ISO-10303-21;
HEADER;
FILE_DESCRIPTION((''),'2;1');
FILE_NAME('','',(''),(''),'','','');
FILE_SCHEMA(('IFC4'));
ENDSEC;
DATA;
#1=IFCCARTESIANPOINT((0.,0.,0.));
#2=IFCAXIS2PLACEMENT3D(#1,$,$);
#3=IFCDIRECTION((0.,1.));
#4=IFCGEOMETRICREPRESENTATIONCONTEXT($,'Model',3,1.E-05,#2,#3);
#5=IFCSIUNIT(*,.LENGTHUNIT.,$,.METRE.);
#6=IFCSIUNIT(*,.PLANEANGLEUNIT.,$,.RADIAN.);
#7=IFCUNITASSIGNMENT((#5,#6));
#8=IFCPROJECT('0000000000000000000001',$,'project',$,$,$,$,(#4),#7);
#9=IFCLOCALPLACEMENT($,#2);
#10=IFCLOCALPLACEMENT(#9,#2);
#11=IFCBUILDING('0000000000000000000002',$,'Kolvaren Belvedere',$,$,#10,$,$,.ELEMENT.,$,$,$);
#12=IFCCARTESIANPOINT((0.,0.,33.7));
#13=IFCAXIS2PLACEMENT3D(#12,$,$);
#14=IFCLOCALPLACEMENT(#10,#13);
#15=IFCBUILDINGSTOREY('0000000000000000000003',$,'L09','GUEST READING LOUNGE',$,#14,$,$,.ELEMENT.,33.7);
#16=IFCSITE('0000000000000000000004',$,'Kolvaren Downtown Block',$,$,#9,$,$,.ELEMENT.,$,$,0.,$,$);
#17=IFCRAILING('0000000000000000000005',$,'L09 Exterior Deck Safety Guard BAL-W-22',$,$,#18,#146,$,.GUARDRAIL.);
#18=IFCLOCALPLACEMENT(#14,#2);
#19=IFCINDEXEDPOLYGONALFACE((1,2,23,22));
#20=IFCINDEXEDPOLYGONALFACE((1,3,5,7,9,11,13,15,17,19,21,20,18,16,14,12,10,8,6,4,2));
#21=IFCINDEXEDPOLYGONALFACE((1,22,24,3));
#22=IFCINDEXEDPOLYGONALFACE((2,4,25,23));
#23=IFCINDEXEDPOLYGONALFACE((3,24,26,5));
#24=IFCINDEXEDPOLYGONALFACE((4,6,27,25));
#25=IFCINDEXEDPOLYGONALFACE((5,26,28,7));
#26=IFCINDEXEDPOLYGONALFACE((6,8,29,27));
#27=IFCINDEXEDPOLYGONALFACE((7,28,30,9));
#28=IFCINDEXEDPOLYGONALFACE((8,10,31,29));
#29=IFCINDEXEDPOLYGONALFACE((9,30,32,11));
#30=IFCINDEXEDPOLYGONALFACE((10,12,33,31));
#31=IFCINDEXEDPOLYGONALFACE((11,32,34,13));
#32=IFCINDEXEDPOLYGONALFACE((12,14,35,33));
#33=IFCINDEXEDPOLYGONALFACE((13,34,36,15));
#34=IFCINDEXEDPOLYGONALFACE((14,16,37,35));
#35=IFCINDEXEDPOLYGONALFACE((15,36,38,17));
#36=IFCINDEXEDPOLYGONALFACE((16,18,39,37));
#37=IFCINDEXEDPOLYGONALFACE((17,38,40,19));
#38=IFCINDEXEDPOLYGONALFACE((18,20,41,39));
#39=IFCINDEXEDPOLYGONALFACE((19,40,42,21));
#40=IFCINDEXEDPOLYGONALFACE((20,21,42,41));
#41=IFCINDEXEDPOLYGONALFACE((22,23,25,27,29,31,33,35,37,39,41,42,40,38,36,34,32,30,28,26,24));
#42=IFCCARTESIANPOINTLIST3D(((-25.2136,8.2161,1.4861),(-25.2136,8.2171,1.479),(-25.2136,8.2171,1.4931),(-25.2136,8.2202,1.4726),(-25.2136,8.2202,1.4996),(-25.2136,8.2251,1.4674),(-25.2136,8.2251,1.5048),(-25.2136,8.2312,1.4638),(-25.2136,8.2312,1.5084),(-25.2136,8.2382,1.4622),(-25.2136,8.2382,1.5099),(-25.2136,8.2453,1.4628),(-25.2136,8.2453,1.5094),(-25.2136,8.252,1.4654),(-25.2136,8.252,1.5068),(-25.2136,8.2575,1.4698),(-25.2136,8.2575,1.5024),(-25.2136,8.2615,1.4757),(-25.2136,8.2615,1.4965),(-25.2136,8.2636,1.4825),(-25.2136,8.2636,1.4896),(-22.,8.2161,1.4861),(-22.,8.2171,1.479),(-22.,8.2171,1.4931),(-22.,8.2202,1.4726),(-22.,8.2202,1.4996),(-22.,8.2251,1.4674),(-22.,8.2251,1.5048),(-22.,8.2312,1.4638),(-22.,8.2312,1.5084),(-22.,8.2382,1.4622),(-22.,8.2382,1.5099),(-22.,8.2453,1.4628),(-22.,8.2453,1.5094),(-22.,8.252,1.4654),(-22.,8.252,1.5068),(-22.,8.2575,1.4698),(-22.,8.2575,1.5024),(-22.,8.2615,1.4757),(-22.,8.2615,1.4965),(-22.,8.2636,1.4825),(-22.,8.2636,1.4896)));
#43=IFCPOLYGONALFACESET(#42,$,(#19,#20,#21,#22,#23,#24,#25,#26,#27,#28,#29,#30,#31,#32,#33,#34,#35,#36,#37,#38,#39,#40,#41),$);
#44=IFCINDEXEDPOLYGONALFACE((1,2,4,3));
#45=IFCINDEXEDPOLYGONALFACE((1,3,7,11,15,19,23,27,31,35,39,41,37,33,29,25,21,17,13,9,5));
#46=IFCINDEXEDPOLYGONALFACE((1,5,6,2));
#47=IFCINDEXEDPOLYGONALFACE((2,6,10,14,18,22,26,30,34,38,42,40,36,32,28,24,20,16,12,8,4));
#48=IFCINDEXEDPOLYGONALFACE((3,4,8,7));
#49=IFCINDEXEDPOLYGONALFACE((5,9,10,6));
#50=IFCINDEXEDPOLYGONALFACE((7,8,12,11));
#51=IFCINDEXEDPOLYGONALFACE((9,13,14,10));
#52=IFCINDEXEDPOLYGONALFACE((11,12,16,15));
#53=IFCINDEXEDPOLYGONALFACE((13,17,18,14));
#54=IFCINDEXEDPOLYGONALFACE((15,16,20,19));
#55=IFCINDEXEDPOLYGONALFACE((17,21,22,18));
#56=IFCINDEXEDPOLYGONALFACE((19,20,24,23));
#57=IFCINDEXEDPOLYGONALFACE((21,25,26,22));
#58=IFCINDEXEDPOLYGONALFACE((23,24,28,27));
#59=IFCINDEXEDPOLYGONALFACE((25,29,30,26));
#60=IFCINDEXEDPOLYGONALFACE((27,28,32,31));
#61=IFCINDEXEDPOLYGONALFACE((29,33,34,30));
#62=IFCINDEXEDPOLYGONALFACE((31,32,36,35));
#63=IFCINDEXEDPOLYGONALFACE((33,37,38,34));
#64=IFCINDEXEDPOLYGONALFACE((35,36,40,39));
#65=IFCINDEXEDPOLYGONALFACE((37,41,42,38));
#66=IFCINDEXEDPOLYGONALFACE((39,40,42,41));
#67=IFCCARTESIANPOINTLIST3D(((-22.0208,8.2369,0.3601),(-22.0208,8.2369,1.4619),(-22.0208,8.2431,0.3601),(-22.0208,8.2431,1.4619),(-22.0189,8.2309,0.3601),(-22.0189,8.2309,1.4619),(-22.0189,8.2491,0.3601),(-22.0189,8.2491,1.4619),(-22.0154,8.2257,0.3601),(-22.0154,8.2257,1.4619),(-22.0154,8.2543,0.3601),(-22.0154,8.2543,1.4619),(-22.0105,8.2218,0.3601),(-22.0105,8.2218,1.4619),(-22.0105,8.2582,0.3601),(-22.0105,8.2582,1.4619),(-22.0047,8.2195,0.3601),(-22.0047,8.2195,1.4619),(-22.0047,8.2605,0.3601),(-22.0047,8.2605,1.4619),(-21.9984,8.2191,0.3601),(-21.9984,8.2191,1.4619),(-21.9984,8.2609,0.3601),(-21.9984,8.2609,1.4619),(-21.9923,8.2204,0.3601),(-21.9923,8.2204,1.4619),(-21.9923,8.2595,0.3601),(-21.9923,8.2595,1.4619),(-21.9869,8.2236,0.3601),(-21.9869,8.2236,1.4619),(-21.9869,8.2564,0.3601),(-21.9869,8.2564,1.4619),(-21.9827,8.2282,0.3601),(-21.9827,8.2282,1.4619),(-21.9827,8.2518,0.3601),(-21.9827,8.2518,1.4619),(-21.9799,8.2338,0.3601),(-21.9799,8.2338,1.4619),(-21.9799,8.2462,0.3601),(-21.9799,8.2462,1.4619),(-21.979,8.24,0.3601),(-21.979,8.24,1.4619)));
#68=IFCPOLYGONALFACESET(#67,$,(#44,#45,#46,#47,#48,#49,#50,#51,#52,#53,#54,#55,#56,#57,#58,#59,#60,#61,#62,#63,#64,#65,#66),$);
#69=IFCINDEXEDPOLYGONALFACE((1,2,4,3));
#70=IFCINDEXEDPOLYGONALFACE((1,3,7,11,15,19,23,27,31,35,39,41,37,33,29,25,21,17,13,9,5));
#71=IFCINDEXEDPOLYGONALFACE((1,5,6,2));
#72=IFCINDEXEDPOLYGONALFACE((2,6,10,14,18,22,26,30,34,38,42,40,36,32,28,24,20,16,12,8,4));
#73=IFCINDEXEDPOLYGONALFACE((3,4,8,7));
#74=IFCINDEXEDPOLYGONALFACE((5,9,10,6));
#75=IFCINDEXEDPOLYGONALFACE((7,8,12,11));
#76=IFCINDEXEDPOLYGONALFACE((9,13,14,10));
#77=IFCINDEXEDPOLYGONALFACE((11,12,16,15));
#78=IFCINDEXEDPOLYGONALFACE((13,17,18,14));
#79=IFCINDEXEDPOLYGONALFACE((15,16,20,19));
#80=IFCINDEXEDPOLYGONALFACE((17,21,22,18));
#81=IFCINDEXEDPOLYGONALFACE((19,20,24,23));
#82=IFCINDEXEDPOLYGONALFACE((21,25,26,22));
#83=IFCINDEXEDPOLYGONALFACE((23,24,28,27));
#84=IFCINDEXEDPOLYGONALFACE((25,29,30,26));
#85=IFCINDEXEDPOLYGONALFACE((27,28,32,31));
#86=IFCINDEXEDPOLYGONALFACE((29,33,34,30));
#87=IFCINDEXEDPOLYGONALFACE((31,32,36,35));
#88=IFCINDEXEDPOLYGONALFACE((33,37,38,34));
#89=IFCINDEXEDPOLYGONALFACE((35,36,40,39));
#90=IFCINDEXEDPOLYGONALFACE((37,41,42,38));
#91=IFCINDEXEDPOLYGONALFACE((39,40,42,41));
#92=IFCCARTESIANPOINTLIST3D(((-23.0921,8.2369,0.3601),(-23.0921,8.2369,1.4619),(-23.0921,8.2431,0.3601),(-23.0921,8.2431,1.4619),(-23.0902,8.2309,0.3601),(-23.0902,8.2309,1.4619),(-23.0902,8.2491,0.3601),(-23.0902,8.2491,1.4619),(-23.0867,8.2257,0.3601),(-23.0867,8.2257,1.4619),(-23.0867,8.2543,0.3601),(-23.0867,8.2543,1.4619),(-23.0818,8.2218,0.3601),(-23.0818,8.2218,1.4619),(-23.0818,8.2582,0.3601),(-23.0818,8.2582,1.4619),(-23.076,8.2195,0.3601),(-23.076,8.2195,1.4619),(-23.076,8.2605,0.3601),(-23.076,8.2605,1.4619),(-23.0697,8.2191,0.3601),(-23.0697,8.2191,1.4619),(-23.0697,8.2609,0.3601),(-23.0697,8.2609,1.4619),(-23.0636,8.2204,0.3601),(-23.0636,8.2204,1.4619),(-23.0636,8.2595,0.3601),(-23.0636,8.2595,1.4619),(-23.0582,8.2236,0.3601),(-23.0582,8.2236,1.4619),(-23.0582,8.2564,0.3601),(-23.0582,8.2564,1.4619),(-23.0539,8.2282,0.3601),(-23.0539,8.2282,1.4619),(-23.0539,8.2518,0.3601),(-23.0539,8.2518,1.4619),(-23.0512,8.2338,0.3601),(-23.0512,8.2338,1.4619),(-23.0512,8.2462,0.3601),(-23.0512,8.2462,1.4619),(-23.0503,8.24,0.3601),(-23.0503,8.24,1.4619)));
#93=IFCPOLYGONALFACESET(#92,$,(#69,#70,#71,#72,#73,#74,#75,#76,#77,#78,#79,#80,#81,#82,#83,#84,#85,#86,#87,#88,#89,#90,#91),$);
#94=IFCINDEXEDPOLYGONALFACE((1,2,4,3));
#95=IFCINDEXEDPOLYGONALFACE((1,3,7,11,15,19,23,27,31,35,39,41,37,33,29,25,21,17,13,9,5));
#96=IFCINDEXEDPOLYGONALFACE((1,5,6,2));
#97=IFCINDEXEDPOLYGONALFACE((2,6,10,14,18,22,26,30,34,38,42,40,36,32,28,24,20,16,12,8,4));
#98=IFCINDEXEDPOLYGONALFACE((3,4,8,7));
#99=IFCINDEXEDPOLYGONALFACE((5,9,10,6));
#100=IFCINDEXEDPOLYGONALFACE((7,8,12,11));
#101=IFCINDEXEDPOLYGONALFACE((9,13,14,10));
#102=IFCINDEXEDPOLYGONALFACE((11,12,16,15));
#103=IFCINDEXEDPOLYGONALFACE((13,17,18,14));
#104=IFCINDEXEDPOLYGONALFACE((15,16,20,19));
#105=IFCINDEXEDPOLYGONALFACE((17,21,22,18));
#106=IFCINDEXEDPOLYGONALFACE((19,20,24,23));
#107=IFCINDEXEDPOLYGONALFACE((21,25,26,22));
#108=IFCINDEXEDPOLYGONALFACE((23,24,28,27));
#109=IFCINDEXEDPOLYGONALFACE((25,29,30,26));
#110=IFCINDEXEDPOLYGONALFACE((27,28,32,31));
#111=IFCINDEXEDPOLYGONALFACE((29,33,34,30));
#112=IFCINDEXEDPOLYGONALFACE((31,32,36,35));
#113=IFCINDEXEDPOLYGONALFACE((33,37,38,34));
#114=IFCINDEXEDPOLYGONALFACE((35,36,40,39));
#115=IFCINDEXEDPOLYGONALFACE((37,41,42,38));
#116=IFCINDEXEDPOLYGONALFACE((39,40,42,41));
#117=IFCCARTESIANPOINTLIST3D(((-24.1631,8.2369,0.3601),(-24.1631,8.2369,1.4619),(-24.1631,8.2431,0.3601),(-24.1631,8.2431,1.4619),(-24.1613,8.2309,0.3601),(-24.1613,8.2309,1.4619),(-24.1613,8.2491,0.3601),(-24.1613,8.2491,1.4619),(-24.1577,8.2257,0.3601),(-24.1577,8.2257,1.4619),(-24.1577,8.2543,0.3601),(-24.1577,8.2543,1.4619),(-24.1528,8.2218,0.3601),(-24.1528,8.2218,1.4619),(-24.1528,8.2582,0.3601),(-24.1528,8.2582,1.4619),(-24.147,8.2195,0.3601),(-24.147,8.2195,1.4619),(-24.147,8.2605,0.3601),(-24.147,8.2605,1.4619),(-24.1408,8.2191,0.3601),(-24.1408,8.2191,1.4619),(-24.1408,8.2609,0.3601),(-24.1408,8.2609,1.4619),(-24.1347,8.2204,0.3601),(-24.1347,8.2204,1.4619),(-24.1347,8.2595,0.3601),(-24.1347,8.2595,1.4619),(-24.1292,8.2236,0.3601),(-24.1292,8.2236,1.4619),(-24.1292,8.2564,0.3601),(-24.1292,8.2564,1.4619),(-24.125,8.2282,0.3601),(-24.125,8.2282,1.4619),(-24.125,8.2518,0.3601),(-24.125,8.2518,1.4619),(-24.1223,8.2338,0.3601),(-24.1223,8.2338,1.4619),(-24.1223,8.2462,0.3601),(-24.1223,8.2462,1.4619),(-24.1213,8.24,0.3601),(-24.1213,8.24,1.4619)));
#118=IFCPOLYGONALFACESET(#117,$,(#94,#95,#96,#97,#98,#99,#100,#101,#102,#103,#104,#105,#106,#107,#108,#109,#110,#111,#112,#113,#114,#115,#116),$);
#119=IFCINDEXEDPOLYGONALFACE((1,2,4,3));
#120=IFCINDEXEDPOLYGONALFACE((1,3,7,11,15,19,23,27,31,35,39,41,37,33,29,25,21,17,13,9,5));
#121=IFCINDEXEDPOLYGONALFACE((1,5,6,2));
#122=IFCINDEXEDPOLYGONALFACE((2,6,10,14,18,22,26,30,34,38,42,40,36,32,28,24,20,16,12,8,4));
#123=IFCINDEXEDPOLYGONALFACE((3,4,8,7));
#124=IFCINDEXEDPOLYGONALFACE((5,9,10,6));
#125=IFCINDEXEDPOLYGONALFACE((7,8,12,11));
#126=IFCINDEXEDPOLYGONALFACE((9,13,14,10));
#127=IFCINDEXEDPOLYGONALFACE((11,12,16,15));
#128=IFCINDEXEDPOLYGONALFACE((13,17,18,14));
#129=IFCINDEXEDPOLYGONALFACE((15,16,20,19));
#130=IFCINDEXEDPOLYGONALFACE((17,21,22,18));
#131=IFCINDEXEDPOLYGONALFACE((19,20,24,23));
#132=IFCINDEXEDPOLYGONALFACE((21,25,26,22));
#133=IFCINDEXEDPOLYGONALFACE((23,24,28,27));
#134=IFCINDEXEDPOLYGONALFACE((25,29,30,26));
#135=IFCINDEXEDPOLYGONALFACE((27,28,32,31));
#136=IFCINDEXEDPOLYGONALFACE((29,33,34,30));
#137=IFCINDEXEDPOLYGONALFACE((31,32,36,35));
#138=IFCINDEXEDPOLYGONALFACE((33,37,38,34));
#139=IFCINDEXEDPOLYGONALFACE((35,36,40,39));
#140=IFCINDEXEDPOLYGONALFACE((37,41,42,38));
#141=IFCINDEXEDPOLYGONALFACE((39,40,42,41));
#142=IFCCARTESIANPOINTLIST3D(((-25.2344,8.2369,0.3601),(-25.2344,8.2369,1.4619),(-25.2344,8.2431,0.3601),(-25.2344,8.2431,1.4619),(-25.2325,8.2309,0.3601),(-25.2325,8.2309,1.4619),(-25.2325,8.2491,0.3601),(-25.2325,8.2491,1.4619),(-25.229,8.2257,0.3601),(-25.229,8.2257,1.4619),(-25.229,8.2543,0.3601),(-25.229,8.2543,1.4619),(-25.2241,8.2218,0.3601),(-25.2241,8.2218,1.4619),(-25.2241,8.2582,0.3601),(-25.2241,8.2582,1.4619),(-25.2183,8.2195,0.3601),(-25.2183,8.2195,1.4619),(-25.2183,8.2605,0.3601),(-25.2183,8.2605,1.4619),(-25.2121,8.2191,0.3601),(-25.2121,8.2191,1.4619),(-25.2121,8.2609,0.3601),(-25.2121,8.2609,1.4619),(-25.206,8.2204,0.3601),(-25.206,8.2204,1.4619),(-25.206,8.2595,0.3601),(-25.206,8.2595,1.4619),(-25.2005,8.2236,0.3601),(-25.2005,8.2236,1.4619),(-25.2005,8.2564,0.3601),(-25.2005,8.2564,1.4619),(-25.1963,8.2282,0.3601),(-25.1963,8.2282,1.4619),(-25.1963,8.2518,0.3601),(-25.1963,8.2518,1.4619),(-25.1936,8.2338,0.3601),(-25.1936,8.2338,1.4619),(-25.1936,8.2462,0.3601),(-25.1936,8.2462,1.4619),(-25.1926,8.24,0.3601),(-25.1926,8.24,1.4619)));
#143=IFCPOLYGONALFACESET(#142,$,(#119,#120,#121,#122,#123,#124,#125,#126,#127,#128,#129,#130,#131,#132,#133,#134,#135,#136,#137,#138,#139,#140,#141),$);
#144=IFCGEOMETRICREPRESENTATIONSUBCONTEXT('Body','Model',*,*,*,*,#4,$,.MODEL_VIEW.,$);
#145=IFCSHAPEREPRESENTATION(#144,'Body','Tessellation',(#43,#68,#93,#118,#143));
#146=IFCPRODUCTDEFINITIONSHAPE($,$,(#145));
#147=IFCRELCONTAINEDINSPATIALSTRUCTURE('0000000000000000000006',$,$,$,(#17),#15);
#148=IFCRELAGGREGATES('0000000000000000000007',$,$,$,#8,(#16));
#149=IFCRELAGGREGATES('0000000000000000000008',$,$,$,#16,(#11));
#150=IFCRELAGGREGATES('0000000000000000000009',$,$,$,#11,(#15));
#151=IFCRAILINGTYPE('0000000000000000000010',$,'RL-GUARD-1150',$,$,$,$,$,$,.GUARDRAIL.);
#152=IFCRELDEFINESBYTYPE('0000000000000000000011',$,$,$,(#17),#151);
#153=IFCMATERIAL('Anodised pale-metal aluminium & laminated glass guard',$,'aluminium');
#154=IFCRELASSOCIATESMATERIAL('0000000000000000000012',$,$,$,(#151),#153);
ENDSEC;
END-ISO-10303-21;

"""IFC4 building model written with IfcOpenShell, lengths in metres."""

from ifc_helpers import new_model, si_unit, direction, frame, origin, origin_2d, place, context, subcontext, project, spatial, circle, extrude, material, type_object, element, save


model = new_model("IFC4")

# Units and contexts
model_context = context("Model", 3, precision=1e-05, world=origin(), true_north=direction((0.0, 1.0)))
body_context = subcontext(model_context, "Body", "Model", "MODEL_VIEW")
ifc_project = project(units=[si_unit("LENGTHUNIT", "METRE"), si_unit("PLANEANGLEUNIT", "RADIAN")], contexts=[model_context])

# Site, building, storey
site_placement = place(None, origin())
site = spatial("IfcSite", under=ifc_project, at=site_placement, Name="Kolvaren Downtown Block", CompositionType="ELEMENT", RefElevation=0.0)
building_placement = place(site_placement, origin())
building = spatial("IfcBuilding", under=site, at=building_placement, Name="Kolvaren Belvedere", CompositionType="ELEMENT")
storey_placement = place(building_placement, frame((0.0, 0.0, 33.7)))
storey = spatial("IfcBuildingStorey", under=building, at=storey_placement, Name="L09", Description="GUEST READING LOUNGE", CompositionType="ELEMENT", Elevation=33.7)

# Railing
ifc_material_1 = material(Name="Anodised pale-metal aluminium & laminated glass guard", Category="aluminium")
railing_type = type_object("IfcRailingType", Name="RL-GUARD-1150", PredefinedType="GUARDRAIL", material=ifc_material_1)
railing_1_placement = place(storey_placement, frame((-22.0, 8.24, 0.3601)))
element("IfcRailing", 1, at=railing_1_placement, inside=storey, type_object=railing_type, Name="L09 Exterior Deck Safety Guard BAL-W-22", PredefinedType="GUARDRAIL", context=body_context, shape_type="SweptSolid", body=[
    extrude(circle(Radius=0.0239, at=origin_2d()), frame((0.0, 0.0, 1.126), z_axis=(-1.0, 0.0, 0.0), x_axis=(0.0, -1.0, 0.0)), (0.0, 0.0, 1.0), 3.2136),
    extrude(circle(Radius=0.021, at=origin_2d()), origin(), (0.0, 0.0, 1.0), 1.1018),
    extrude(circle(Radius=0.021, at=origin_2d()), frame((-1.0713, 0.0, 0.0)), (0.0, 0.0, 1.0), 1.1018),
    extrude(circle(Radius=0.021, at=origin_2d()), frame((-2.1423, 0.0, 0.0)), (0.0, 0.0, 1.0), 1.1018),
    extrude(circle(Radius=0.021, at=origin_2d()), frame((-3.2136, 0.0, 0.0)), (0.0, 0.0, 1.0), 1.1018),
])

save(model, "model.ifc")
